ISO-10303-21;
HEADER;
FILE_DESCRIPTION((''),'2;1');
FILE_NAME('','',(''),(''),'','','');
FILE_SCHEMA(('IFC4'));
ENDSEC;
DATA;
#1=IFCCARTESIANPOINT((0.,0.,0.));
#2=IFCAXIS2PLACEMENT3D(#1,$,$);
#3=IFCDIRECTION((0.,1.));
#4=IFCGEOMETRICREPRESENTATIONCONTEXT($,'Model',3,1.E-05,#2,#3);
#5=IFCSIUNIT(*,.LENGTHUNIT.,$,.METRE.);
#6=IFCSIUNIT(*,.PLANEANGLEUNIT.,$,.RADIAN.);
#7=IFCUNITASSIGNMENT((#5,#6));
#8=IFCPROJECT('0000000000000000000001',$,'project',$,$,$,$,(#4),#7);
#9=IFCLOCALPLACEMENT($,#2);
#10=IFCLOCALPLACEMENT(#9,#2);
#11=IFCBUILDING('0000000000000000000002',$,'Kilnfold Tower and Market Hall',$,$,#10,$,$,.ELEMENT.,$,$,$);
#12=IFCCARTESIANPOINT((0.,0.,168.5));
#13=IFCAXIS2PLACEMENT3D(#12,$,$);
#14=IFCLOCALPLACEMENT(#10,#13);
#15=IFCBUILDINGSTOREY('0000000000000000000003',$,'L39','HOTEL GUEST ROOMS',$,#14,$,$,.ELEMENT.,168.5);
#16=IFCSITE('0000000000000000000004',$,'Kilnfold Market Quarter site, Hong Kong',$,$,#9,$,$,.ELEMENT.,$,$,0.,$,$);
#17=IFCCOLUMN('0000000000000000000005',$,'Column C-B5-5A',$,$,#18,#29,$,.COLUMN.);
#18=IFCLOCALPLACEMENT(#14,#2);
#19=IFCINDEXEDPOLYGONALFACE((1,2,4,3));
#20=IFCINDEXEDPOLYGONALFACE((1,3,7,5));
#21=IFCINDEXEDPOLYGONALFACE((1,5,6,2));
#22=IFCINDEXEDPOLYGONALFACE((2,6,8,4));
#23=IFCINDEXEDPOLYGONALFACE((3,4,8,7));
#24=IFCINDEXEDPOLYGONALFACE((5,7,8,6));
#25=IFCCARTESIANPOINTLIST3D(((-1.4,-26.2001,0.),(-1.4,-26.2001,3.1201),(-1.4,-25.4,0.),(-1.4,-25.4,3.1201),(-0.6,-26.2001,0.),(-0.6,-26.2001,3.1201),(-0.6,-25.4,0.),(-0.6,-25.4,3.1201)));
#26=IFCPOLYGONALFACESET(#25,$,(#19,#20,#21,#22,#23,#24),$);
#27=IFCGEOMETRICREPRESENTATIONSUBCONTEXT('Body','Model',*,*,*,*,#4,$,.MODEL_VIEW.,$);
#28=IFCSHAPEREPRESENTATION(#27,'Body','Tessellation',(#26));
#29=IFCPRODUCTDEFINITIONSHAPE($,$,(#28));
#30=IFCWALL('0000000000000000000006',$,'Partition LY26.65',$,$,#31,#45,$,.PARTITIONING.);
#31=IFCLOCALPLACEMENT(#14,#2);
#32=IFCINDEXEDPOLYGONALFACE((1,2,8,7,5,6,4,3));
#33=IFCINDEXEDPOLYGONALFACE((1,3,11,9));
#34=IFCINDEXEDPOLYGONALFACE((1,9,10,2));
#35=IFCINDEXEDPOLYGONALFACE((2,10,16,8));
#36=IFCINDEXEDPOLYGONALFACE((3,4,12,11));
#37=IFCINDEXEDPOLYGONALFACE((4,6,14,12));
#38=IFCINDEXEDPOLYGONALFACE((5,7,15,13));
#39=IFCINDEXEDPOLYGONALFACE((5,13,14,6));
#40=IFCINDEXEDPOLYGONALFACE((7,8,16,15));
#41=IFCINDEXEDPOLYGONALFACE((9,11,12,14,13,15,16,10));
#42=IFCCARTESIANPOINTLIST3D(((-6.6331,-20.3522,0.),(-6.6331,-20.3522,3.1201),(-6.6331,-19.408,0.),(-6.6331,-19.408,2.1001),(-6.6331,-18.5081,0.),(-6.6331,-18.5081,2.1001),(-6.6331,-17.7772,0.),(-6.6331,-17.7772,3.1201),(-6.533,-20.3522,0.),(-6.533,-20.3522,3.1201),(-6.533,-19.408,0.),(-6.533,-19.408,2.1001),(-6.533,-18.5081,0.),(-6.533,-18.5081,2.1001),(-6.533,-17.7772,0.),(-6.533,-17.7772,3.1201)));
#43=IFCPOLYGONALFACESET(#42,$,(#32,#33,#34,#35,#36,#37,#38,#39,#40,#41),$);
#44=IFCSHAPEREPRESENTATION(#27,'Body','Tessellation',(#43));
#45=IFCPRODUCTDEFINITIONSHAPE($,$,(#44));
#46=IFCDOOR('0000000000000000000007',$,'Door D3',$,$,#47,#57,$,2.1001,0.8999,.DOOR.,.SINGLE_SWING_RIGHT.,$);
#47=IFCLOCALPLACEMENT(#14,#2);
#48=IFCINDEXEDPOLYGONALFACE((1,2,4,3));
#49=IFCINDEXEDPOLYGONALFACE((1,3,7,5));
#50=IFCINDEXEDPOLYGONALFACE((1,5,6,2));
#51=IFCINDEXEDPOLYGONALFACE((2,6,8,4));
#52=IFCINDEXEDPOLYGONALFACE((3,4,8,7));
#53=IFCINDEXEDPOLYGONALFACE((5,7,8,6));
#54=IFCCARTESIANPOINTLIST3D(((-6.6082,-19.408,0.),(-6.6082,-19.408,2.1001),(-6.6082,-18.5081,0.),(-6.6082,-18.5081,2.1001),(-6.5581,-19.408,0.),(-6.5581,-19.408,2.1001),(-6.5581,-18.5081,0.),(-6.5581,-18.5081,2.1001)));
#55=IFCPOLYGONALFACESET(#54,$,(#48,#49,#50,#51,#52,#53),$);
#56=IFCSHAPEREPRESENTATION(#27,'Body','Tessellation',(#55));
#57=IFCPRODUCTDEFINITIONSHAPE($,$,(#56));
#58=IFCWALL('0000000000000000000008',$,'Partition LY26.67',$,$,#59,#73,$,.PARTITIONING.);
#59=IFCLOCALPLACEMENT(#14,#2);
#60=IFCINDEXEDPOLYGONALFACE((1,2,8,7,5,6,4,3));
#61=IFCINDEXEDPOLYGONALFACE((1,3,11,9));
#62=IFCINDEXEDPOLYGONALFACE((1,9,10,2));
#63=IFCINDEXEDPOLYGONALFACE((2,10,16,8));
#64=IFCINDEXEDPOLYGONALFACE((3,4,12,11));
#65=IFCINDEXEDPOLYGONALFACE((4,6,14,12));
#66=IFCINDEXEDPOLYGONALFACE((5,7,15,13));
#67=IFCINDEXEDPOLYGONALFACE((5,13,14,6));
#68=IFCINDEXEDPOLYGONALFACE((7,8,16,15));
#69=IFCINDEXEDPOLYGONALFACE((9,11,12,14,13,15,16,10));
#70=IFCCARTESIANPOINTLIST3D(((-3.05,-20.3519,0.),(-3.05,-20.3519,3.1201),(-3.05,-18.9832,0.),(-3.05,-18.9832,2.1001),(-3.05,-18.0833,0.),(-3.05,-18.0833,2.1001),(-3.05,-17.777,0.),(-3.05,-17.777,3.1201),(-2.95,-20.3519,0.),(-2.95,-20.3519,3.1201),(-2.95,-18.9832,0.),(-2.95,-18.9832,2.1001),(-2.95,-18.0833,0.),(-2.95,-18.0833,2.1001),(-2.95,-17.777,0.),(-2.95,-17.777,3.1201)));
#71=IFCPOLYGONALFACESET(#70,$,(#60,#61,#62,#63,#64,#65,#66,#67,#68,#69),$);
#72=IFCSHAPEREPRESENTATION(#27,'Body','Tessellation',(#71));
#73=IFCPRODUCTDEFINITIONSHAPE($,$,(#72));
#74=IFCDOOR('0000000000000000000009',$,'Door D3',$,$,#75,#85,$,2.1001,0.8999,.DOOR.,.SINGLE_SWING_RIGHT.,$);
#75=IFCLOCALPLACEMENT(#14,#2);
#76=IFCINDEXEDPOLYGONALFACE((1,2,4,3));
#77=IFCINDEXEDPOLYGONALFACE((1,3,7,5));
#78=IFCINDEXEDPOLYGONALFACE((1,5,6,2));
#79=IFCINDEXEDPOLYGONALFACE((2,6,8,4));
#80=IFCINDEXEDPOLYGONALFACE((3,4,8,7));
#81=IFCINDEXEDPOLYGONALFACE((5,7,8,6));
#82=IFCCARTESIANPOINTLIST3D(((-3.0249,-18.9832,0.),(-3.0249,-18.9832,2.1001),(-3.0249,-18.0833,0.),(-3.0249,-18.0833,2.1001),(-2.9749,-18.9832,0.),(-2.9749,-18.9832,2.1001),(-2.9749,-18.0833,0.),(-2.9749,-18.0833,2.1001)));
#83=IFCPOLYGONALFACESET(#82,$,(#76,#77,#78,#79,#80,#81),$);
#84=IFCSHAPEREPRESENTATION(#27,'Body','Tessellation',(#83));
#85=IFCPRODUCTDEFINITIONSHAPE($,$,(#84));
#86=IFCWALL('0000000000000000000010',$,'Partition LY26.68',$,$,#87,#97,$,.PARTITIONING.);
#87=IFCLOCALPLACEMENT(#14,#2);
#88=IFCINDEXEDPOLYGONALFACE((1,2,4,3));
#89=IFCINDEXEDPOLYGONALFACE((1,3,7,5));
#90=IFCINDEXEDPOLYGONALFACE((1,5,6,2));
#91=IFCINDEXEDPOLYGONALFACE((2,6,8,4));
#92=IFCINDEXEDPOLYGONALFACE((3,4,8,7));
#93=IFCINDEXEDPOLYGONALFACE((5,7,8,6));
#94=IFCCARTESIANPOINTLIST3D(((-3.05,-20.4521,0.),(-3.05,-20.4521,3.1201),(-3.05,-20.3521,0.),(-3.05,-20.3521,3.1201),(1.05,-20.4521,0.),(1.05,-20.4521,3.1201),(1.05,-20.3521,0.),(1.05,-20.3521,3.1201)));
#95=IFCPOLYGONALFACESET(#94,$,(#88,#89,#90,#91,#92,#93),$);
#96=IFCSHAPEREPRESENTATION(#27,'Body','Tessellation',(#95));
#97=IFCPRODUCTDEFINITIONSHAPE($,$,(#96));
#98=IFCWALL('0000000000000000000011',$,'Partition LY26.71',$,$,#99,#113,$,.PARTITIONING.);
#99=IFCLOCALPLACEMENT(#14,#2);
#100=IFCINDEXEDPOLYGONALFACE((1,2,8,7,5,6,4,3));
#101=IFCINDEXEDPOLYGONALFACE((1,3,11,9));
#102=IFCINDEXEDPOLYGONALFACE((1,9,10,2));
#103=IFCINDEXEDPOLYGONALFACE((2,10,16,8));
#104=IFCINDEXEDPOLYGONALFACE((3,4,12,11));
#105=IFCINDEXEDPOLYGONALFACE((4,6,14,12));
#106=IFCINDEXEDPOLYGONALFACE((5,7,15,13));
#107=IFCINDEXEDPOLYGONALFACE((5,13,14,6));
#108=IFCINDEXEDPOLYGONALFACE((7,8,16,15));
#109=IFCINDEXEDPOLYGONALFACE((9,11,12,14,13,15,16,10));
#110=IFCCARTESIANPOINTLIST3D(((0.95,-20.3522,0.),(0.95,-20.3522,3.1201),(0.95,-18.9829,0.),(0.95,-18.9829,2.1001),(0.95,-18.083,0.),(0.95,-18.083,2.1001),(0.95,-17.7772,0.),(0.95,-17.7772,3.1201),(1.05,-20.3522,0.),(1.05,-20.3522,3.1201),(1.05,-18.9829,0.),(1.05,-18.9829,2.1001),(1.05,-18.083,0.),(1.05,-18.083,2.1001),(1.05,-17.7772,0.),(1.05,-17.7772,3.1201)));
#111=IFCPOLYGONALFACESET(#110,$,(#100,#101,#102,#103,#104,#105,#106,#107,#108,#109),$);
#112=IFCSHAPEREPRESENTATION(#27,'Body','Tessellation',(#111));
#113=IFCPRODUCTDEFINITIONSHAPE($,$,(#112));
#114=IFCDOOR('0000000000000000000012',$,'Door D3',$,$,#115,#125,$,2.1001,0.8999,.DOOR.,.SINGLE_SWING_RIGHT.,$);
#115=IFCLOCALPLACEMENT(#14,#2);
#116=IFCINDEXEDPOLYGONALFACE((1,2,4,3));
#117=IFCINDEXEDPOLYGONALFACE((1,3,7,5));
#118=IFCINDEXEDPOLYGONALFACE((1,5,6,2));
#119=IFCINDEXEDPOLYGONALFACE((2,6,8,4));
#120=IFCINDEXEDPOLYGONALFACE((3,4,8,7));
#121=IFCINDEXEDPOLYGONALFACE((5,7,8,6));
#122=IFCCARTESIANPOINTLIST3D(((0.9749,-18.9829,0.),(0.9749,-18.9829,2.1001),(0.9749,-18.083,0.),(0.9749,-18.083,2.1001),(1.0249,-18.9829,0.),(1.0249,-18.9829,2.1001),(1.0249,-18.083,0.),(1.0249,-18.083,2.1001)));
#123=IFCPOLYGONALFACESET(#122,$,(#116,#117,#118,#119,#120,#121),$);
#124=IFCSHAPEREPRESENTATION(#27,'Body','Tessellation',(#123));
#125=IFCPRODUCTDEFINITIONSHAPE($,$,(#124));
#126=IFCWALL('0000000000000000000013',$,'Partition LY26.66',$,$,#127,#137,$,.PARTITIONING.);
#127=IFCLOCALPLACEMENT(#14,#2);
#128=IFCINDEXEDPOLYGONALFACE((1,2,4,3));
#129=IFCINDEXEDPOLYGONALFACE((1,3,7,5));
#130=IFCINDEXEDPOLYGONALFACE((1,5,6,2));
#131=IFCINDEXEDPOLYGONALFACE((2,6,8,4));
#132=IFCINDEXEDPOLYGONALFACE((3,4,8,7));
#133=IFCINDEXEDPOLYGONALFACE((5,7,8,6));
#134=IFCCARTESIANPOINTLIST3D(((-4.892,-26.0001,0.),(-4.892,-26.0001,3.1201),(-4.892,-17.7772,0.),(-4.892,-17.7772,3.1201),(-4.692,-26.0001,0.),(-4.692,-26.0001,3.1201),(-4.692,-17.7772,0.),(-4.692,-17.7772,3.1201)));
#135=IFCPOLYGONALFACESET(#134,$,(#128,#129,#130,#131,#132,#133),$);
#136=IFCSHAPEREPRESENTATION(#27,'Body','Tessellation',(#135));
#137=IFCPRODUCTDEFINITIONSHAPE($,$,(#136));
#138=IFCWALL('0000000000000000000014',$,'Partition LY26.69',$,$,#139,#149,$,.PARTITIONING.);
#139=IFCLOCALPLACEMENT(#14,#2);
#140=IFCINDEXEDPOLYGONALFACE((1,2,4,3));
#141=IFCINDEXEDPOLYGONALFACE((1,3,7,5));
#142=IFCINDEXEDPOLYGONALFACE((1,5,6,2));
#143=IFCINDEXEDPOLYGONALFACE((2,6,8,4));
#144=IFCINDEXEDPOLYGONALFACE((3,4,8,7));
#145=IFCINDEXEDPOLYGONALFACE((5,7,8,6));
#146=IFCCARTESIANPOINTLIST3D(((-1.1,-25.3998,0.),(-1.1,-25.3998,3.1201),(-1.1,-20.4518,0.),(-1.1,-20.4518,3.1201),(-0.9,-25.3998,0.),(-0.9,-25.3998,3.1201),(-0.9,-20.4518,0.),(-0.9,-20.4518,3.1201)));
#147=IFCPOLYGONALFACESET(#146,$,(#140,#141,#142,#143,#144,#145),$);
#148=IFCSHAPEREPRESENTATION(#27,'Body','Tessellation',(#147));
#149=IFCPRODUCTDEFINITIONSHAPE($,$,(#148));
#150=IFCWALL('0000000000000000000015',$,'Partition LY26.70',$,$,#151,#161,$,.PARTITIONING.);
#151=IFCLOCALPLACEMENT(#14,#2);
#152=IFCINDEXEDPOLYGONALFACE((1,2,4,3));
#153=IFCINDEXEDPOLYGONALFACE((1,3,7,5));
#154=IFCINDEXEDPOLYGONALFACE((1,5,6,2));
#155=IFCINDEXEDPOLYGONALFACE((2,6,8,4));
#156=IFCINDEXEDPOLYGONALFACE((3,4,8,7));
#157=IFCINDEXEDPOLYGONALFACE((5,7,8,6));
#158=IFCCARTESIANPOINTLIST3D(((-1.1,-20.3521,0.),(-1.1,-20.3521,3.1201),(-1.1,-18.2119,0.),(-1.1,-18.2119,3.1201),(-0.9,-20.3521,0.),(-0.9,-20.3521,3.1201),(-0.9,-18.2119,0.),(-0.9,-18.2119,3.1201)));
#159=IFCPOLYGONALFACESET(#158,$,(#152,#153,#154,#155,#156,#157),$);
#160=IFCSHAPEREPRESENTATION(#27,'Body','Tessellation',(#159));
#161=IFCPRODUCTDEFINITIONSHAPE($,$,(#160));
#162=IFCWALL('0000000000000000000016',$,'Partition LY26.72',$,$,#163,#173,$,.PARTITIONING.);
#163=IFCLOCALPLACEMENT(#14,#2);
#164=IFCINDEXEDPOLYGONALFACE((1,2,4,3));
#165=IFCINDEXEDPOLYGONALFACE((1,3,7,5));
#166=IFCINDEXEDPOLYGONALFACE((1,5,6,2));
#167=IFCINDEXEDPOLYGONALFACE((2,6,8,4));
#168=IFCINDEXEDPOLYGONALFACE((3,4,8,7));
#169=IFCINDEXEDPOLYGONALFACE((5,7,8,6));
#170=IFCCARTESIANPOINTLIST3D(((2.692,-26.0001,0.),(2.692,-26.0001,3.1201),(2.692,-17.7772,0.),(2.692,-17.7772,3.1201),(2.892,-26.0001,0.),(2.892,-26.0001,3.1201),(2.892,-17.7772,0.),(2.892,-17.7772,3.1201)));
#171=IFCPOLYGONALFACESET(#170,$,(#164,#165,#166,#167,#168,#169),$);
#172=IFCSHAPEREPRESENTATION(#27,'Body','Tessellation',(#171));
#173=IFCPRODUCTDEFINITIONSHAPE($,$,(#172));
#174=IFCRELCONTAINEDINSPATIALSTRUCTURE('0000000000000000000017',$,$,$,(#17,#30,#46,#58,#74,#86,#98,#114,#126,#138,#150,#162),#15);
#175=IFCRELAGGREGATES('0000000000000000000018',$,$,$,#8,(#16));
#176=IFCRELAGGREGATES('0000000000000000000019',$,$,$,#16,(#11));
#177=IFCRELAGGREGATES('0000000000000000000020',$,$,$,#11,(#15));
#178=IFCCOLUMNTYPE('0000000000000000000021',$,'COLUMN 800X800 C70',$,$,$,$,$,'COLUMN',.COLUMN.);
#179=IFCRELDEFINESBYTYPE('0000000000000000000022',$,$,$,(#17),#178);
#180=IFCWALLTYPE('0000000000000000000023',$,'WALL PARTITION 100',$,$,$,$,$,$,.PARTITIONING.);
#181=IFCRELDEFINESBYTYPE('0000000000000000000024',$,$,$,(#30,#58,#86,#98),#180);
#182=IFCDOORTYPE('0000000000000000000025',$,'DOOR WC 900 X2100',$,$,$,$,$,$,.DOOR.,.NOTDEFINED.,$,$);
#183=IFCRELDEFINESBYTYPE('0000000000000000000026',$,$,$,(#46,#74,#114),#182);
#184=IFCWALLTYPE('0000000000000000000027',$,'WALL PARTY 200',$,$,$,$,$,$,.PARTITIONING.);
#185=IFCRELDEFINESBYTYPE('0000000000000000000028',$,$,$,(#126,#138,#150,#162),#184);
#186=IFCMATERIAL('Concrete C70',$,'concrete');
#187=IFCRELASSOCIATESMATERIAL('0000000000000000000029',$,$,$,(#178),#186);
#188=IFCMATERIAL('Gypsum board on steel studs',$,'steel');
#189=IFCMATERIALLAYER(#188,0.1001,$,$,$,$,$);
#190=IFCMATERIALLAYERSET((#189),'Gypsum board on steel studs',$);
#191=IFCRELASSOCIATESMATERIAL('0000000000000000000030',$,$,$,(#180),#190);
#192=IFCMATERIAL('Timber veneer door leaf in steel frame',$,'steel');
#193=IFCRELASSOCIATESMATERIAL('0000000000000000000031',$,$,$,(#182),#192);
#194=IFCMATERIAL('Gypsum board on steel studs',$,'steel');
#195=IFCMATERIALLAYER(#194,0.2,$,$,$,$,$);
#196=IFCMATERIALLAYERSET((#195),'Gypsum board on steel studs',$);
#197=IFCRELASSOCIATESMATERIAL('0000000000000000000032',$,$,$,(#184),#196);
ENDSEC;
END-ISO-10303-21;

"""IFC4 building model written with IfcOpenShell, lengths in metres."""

from ifc_helpers import new_model, si_unit, direction, frame, frame_2d, origin, origin_2d, place, context, subcontext, project, spatial, rectangle, extrude, source, transform, mapped, material, layer, layer_set, material_profile, profile_set, type_object, element, fill, save


model = new_model("IFC4")

# Units and contexts
model_context = context("Model", 3, precision=1e-05, world=origin(), true_north=direction((0.0, 1.0)))
body_context = subcontext(model_context, "Body", "Model", "MODEL_VIEW")
ifc_project = project(units=[si_unit("LENGTHUNIT", "METRE"), si_unit("PLANEANGLEUNIT", "RADIAN")], contexts=[model_context])

# Site, building, storey
site_placement = place(None, origin())
site = spatial("IfcSite", under=ifc_project, at=site_placement, Name="Kilnfold Market Quarter site, Hong Kong", CompositionType="ELEMENT", RefElevation=0.0)
building_placement = place(site_placement, origin())
building = spatial("IfcBuilding", under=site, at=building_placement, Name="Kilnfold Tower and Market Hall", CompositionType="ELEMENT")
storey_placement = place(building_placement, frame((0.0, 0.0, 168.5)))
storey = spatial("IfcBuildingStorey", under=building, at=storey_placement, Name="L39", Description="HOTEL GUEST ROOMS", CompositionType="ELEMENT", Elevation=168.5)

# Column
ifc_material_1 = material(Name="Concrete C70", Category="concrete")
ifc_material_profile = material_profile(ifc_material_1, rectangle(XDim=0.8, YDim=0.8, at=origin_2d()), Name="RC 800x800")
ifc_profile_set = profile_set([ifc_material_profile], Name="Concrete C70")
column_type = type_object("IfcColumnType", Name="COLUMN 800X800 C70", ElementType="COLUMN", PredefinedType="COLUMN", material=ifc_profile_set)
shared_shape_1 = source(origin(), body_context, "Body", "SweptSolid", [
    extrude(rectangle(XDim=0.8, YDim=0.8, at=origin_2d()), origin(), (0.0, 0.0, 1.0), 3.1201),
])
column_placement = place(storey_placement, frame((-1.0, -25.8, 0.0), z_axis=(0.0, 0.0, 1.0), x_axis=(1.0, 0.0, 0.0)))
element("IfcColumn", 1, at=column_placement, inside=storey, type_object=column_type, Name="Column C-B5-5A", PredefinedType="COLUMN", context=body_context, shape_type="MappedRepresentation", body=[
    mapped(shared_shape_1, transform((0.0, 0.0, 0.0))),
])

# Walls, openings, doors
ifc_material_2 = material(Name="Gypsum board on steel studs", Category="steel")
ifc_layer_1 = layer(ifc_material_2, 0.1001)
ifc_layer_set_1 = layer_set([ifc_layer_1], Name="Gypsum board on steel studs")
wall_type_1 = type_object("IfcWallType", Name="WALL PARTITION 100", PredefinedType="PARTITIONING", material=ifc_layer_set_1)
wall_1_placement = place(storey_placement, frame((-6.583, -17.7771, 0.0), z_axis=(0.0, 0.0, 1.0), x_axis=(0.0, -1.0, 0.0)))
wall_1 = element("IfcWall", 2, at=wall_1_placement, inside=storey, type_object=wall_type_1, Name="Partition LY26.65", PredefinedType="PARTITIONING", context=body_context, shape_type="SweptSolid", body=[
    extrude(rectangle(XDim=2.575, YDim=0.1001, at=frame_2d((1.2876, 0.0))), origin(), (0.0, 0.0, 1.0), 3.1201),
])
opening_1_placement = place(wall_1_placement, frame((0.731, 0.0, 0.0)))
opening_1 = element("IfcOpeningElement", 3, at=opening_1_placement, cuts=wall_1, PredefinedType="OPENING", context=body_context, shape_type="SweptSolid", body=[
    extrude(rectangle(XDim=0.8999, YDim=2.1001, at=frame_2d((0.45, 1.05))), frame((0.0, 0.0601, 0.0), z_axis=(0.0, -1.0, 0.0), x_axis=(1.0, 0.0, 0.0)), (0.0, 0.0, 1.0), 0.1201),
])
ifc_material_3 = material(Name="Timber veneer door leaf in steel frame", Category="steel")
door_type = type_object("IfcDoorType", Name="DOOR WC 900 X2100", OperationType="NOTDEFINED", PredefinedType="DOOR", material=ifc_material_3)
door_1_placement = place(opening_1_placement, origin())
door_1 = element("IfcDoor", 4, at=door_1_placement, inside=storey, type_object=door_type, Name="Door D3", OperationType="SINGLE_SWING_RIGHT", OverallHeight=2.1001, OverallWidth=0.8999, PredefinedType="DOOR", context=body_context, shape_type="SweptSolid", body=[
    extrude(rectangle(XDim=0.8999, YDim=2.1001, at=frame_2d((0.45, 1.05))), frame((0.0, 0.0249, 0.0), z_axis=(0.0, -1.0, 0.0), x_axis=(1.0, 0.0, 0.0)), (0.0, 0.0, 1.0), 0.05),
])
fill(opening_1, door_1)
wall_2_placement = place(storey_placement, frame((-3.0, -20.3521, 0.0), z_axis=(0.0, 0.0, 1.0), x_axis=(0.0, 1.0, 0.0)))
wall_2 = element("IfcWall", 5, at=wall_2_placement, inside=storey, type_object=wall_type_1, Name="Partition LY26.67", PredefinedType="PARTITIONING", context=body_context, shape_type="SweptSolid", body=[
    extrude(rectangle(XDim=2.575, YDim=0.1001, at=frame_2d((1.2876, 0.0))), origin(), (0.0, 0.0, 1.0), 3.1201),
])
opening_2_placement = place(wall_2_placement, frame((1.3689, 0.0, 0.0)))
opening_2 = element("IfcOpeningElement", 6, at=opening_2_placement, cuts=wall_2, PredefinedType="OPENING", context=body_context, shape_type="SweptSolid", body=[
    extrude(rectangle(XDim=0.8999, YDim=2.1001, at=frame_2d((0.45, 1.05))), frame((0.0, 0.0601, 0.0), z_axis=(0.0, -1.0, 0.0), x_axis=(1.0, 0.0, 0.0)), (0.0, 0.0, 1.0), 0.1201),
])
door_2_placement = place(opening_2_placement, origin())
door_2 = element("IfcDoor", 7, at=door_2_placement, inside=storey, type_object=door_type, Name="Door D3", OperationType="SINGLE_SWING_RIGHT", OverallHeight=2.1001, OverallWidth=0.8999, PredefinedType="DOOR", context=body_context, shape_type="SweptSolid", body=[
    extrude(rectangle(XDim=0.8999, YDim=2.1001, at=frame_2d((0.45, 1.05))), frame((0.0, 0.0249, 0.0), z_axis=(0.0, -1.0, 0.0), x_axis=(1.0, 0.0, 0.0)), (0.0, 0.0, 1.0), 0.05),
])
fill(opening_2, door_2)

# Wall
wall_3_placement = place(storey_placement, frame((-3.05, -20.4021, 0.0), z_axis=(0.0, 0.0, 1.0), x_axis=(1.0, 0.0, 0.0)))
element("IfcWall", 8, at=wall_3_placement, inside=storey, type_object=wall_type_1, Name="Partition LY26.68", PredefinedType="PARTITIONING", context=body_context, shape_type="SweptSolid", body=[
    extrude(rectangle(XDim=4.1001, YDim=0.1001, at=frame_2d((2.05, 0.0))), origin(), (0.0, 0.0, 1.0), 3.1201),
])

# Wall, opening, door
wall_4_placement = place(storey_placement, frame((1.0, -17.7771, 0.0), z_axis=(0.0, 0.0, 1.0), x_axis=(0.0, -1.0, 0.0)))
wall_4 = element("IfcWall", 9, at=wall_4_placement, inside=storey, type_object=wall_type_1, Name="Partition LY26.71", PredefinedType="PARTITIONING", context=body_context, shape_type="SweptSolid", body=[
    extrude(rectangle(XDim=2.575, YDim=0.1001, at=frame_2d((1.2876, 0.0))), origin(), (0.0, 0.0, 1.0), 3.1201),
])
opening_3_placement = place(wall_4_placement, frame((0.3059, 0.0, 0.0)))
opening_3 = element("IfcOpeningElement", 10, at=opening_3_placement, cuts=wall_4, PredefinedType="OPENING", context=body_context, shape_type="SweptSolid", body=[
    extrude(rectangle(XDim=0.8999, YDim=2.1001, at=frame_2d((0.45, 1.05))), frame((0.0, 0.0601, 0.0), z_axis=(0.0, -1.0, 0.0), x_axis=(1.0, 0.0, 0.0)), (0.0, 0.0, 1.0), 0.1201),
])
door_3_placement = place(opening_3_placement, origin())
door_3 = element("IfcDoor", 11, at=door_3_placement, inside=storey, type_object=door_type, Name="Door D3", OperationType="SINGLE_SWING_RIGHT", OverallHeight=2.1001, OverallWidth=0.8999, PredefinedType="DOOR", context=body_context, shape_type="SweptSolid", body=[
    extrude(rectangle(XDim=0.8999, YDim=2.1001, at=frame_2d((0.45, 1.05))), frame((0.0, 0.0249, 0.0), z_axis=(0.0, -1.0, 0.0), x_axis=(1.0, 0.0, 0.0)), (0.0, 0.0, 1.0), 0.05),
])
fill(opening_3, door_3)

# Walls
ifc_material_4 = material(Name="Gypsum board on steel studs", Category="steel")
ifc_layer_2 = layer(ifc_material_4, 0.2)
ifc_layer_set_2 = layer_set([ifc_layer_2], Name="Gypsum board on steel studs")
wall_type_2 = type_object("IfcWallType", Name="WALL PARTY 200", PredefinedType="PARTITIONING", material=ifc_layer_set_2)
wall_5_placement = place(storey_placement, frame((-4.792, -26.0, 0.0), z_axis=(0.0, 0.0, 1.0), x_axis=(0.0, 1.0, 0.0)))
element("IfcWall", 12, at=wall_5_placement, inside=storey, type_object=wall_type_2, Name="Partition LY26.66", PredefinedType="PARTITIONING", context=body_context, shape_type="SweptSolid", body=[
    extrude(rectangle(XDim=8.2229, YDim=0.2, at=frame_2d((4.1113, 0.0))), origin(), (0.0, 0.0, 1.0), 3.1201),
])
wall_6_placement = place(storey_placement, frame((-1.0, -25.3999, 0.0), z_axis=(0.0, 0.0, 1.0), x_axis=(0.0, 1.0, 0.0)))
element("IfcWall", 13, at=wall_6_placement, inside=storey, type_object=wall_type_2, Name="Partition LY26.69", PredefinedType="PARTITIONING", context=body_context, shape_type="SweptSolid", body=[
    extrude(rectangle(XDim=4.948, YDim=0.2, at=frame_2d((2.4741, 0.0))), origin(), (0.0, 0.0, 1.0), 3.1201),
])
wall_7_placement = place(storey_placement, frame((-1.0, -20.3521, 0.0), z_axis=(0.0, 0.0, 1.0), x_axis=(0.0, 1.0, 0.0)))
element("IfcWall", 14, at=wall_7_placement, inside=storey, type_object=wall_type_2, Name="Partition LY26.70", PredefinedType="PARTITIONING", context=body_context, shape_type="SweptSolid", body=[
    extrude(rectangle(XDim=2.1401, YDim=0.2, at=frame_2d((1.0701, 0.0))), origin(), (0.0, 0.0, 1.0), 3.1201),
])
wall_8_placement = place(storey_placement, frame((2.792, -26.0, 0.0), z_axis=(0.0, 0.0, 1.0), x_axis=(0.0, 1.0, 0.0)))
element("IfcWall", 15, at=wall_8_placement, inside=storey, type_object=wall_type_2, Name="Partition LY26.72", PredefinedType="PARTITIONING", context=body_context, shape_type="SweptSolid", body=[
    extrude(rectangle(XDim=8.2229, YDim=0.2, at=frame_2d((4.1113, 0.0))), origin(), (0.0, 0.0, 1.0), 3.1201),
])

save(model, "model.ifc")
